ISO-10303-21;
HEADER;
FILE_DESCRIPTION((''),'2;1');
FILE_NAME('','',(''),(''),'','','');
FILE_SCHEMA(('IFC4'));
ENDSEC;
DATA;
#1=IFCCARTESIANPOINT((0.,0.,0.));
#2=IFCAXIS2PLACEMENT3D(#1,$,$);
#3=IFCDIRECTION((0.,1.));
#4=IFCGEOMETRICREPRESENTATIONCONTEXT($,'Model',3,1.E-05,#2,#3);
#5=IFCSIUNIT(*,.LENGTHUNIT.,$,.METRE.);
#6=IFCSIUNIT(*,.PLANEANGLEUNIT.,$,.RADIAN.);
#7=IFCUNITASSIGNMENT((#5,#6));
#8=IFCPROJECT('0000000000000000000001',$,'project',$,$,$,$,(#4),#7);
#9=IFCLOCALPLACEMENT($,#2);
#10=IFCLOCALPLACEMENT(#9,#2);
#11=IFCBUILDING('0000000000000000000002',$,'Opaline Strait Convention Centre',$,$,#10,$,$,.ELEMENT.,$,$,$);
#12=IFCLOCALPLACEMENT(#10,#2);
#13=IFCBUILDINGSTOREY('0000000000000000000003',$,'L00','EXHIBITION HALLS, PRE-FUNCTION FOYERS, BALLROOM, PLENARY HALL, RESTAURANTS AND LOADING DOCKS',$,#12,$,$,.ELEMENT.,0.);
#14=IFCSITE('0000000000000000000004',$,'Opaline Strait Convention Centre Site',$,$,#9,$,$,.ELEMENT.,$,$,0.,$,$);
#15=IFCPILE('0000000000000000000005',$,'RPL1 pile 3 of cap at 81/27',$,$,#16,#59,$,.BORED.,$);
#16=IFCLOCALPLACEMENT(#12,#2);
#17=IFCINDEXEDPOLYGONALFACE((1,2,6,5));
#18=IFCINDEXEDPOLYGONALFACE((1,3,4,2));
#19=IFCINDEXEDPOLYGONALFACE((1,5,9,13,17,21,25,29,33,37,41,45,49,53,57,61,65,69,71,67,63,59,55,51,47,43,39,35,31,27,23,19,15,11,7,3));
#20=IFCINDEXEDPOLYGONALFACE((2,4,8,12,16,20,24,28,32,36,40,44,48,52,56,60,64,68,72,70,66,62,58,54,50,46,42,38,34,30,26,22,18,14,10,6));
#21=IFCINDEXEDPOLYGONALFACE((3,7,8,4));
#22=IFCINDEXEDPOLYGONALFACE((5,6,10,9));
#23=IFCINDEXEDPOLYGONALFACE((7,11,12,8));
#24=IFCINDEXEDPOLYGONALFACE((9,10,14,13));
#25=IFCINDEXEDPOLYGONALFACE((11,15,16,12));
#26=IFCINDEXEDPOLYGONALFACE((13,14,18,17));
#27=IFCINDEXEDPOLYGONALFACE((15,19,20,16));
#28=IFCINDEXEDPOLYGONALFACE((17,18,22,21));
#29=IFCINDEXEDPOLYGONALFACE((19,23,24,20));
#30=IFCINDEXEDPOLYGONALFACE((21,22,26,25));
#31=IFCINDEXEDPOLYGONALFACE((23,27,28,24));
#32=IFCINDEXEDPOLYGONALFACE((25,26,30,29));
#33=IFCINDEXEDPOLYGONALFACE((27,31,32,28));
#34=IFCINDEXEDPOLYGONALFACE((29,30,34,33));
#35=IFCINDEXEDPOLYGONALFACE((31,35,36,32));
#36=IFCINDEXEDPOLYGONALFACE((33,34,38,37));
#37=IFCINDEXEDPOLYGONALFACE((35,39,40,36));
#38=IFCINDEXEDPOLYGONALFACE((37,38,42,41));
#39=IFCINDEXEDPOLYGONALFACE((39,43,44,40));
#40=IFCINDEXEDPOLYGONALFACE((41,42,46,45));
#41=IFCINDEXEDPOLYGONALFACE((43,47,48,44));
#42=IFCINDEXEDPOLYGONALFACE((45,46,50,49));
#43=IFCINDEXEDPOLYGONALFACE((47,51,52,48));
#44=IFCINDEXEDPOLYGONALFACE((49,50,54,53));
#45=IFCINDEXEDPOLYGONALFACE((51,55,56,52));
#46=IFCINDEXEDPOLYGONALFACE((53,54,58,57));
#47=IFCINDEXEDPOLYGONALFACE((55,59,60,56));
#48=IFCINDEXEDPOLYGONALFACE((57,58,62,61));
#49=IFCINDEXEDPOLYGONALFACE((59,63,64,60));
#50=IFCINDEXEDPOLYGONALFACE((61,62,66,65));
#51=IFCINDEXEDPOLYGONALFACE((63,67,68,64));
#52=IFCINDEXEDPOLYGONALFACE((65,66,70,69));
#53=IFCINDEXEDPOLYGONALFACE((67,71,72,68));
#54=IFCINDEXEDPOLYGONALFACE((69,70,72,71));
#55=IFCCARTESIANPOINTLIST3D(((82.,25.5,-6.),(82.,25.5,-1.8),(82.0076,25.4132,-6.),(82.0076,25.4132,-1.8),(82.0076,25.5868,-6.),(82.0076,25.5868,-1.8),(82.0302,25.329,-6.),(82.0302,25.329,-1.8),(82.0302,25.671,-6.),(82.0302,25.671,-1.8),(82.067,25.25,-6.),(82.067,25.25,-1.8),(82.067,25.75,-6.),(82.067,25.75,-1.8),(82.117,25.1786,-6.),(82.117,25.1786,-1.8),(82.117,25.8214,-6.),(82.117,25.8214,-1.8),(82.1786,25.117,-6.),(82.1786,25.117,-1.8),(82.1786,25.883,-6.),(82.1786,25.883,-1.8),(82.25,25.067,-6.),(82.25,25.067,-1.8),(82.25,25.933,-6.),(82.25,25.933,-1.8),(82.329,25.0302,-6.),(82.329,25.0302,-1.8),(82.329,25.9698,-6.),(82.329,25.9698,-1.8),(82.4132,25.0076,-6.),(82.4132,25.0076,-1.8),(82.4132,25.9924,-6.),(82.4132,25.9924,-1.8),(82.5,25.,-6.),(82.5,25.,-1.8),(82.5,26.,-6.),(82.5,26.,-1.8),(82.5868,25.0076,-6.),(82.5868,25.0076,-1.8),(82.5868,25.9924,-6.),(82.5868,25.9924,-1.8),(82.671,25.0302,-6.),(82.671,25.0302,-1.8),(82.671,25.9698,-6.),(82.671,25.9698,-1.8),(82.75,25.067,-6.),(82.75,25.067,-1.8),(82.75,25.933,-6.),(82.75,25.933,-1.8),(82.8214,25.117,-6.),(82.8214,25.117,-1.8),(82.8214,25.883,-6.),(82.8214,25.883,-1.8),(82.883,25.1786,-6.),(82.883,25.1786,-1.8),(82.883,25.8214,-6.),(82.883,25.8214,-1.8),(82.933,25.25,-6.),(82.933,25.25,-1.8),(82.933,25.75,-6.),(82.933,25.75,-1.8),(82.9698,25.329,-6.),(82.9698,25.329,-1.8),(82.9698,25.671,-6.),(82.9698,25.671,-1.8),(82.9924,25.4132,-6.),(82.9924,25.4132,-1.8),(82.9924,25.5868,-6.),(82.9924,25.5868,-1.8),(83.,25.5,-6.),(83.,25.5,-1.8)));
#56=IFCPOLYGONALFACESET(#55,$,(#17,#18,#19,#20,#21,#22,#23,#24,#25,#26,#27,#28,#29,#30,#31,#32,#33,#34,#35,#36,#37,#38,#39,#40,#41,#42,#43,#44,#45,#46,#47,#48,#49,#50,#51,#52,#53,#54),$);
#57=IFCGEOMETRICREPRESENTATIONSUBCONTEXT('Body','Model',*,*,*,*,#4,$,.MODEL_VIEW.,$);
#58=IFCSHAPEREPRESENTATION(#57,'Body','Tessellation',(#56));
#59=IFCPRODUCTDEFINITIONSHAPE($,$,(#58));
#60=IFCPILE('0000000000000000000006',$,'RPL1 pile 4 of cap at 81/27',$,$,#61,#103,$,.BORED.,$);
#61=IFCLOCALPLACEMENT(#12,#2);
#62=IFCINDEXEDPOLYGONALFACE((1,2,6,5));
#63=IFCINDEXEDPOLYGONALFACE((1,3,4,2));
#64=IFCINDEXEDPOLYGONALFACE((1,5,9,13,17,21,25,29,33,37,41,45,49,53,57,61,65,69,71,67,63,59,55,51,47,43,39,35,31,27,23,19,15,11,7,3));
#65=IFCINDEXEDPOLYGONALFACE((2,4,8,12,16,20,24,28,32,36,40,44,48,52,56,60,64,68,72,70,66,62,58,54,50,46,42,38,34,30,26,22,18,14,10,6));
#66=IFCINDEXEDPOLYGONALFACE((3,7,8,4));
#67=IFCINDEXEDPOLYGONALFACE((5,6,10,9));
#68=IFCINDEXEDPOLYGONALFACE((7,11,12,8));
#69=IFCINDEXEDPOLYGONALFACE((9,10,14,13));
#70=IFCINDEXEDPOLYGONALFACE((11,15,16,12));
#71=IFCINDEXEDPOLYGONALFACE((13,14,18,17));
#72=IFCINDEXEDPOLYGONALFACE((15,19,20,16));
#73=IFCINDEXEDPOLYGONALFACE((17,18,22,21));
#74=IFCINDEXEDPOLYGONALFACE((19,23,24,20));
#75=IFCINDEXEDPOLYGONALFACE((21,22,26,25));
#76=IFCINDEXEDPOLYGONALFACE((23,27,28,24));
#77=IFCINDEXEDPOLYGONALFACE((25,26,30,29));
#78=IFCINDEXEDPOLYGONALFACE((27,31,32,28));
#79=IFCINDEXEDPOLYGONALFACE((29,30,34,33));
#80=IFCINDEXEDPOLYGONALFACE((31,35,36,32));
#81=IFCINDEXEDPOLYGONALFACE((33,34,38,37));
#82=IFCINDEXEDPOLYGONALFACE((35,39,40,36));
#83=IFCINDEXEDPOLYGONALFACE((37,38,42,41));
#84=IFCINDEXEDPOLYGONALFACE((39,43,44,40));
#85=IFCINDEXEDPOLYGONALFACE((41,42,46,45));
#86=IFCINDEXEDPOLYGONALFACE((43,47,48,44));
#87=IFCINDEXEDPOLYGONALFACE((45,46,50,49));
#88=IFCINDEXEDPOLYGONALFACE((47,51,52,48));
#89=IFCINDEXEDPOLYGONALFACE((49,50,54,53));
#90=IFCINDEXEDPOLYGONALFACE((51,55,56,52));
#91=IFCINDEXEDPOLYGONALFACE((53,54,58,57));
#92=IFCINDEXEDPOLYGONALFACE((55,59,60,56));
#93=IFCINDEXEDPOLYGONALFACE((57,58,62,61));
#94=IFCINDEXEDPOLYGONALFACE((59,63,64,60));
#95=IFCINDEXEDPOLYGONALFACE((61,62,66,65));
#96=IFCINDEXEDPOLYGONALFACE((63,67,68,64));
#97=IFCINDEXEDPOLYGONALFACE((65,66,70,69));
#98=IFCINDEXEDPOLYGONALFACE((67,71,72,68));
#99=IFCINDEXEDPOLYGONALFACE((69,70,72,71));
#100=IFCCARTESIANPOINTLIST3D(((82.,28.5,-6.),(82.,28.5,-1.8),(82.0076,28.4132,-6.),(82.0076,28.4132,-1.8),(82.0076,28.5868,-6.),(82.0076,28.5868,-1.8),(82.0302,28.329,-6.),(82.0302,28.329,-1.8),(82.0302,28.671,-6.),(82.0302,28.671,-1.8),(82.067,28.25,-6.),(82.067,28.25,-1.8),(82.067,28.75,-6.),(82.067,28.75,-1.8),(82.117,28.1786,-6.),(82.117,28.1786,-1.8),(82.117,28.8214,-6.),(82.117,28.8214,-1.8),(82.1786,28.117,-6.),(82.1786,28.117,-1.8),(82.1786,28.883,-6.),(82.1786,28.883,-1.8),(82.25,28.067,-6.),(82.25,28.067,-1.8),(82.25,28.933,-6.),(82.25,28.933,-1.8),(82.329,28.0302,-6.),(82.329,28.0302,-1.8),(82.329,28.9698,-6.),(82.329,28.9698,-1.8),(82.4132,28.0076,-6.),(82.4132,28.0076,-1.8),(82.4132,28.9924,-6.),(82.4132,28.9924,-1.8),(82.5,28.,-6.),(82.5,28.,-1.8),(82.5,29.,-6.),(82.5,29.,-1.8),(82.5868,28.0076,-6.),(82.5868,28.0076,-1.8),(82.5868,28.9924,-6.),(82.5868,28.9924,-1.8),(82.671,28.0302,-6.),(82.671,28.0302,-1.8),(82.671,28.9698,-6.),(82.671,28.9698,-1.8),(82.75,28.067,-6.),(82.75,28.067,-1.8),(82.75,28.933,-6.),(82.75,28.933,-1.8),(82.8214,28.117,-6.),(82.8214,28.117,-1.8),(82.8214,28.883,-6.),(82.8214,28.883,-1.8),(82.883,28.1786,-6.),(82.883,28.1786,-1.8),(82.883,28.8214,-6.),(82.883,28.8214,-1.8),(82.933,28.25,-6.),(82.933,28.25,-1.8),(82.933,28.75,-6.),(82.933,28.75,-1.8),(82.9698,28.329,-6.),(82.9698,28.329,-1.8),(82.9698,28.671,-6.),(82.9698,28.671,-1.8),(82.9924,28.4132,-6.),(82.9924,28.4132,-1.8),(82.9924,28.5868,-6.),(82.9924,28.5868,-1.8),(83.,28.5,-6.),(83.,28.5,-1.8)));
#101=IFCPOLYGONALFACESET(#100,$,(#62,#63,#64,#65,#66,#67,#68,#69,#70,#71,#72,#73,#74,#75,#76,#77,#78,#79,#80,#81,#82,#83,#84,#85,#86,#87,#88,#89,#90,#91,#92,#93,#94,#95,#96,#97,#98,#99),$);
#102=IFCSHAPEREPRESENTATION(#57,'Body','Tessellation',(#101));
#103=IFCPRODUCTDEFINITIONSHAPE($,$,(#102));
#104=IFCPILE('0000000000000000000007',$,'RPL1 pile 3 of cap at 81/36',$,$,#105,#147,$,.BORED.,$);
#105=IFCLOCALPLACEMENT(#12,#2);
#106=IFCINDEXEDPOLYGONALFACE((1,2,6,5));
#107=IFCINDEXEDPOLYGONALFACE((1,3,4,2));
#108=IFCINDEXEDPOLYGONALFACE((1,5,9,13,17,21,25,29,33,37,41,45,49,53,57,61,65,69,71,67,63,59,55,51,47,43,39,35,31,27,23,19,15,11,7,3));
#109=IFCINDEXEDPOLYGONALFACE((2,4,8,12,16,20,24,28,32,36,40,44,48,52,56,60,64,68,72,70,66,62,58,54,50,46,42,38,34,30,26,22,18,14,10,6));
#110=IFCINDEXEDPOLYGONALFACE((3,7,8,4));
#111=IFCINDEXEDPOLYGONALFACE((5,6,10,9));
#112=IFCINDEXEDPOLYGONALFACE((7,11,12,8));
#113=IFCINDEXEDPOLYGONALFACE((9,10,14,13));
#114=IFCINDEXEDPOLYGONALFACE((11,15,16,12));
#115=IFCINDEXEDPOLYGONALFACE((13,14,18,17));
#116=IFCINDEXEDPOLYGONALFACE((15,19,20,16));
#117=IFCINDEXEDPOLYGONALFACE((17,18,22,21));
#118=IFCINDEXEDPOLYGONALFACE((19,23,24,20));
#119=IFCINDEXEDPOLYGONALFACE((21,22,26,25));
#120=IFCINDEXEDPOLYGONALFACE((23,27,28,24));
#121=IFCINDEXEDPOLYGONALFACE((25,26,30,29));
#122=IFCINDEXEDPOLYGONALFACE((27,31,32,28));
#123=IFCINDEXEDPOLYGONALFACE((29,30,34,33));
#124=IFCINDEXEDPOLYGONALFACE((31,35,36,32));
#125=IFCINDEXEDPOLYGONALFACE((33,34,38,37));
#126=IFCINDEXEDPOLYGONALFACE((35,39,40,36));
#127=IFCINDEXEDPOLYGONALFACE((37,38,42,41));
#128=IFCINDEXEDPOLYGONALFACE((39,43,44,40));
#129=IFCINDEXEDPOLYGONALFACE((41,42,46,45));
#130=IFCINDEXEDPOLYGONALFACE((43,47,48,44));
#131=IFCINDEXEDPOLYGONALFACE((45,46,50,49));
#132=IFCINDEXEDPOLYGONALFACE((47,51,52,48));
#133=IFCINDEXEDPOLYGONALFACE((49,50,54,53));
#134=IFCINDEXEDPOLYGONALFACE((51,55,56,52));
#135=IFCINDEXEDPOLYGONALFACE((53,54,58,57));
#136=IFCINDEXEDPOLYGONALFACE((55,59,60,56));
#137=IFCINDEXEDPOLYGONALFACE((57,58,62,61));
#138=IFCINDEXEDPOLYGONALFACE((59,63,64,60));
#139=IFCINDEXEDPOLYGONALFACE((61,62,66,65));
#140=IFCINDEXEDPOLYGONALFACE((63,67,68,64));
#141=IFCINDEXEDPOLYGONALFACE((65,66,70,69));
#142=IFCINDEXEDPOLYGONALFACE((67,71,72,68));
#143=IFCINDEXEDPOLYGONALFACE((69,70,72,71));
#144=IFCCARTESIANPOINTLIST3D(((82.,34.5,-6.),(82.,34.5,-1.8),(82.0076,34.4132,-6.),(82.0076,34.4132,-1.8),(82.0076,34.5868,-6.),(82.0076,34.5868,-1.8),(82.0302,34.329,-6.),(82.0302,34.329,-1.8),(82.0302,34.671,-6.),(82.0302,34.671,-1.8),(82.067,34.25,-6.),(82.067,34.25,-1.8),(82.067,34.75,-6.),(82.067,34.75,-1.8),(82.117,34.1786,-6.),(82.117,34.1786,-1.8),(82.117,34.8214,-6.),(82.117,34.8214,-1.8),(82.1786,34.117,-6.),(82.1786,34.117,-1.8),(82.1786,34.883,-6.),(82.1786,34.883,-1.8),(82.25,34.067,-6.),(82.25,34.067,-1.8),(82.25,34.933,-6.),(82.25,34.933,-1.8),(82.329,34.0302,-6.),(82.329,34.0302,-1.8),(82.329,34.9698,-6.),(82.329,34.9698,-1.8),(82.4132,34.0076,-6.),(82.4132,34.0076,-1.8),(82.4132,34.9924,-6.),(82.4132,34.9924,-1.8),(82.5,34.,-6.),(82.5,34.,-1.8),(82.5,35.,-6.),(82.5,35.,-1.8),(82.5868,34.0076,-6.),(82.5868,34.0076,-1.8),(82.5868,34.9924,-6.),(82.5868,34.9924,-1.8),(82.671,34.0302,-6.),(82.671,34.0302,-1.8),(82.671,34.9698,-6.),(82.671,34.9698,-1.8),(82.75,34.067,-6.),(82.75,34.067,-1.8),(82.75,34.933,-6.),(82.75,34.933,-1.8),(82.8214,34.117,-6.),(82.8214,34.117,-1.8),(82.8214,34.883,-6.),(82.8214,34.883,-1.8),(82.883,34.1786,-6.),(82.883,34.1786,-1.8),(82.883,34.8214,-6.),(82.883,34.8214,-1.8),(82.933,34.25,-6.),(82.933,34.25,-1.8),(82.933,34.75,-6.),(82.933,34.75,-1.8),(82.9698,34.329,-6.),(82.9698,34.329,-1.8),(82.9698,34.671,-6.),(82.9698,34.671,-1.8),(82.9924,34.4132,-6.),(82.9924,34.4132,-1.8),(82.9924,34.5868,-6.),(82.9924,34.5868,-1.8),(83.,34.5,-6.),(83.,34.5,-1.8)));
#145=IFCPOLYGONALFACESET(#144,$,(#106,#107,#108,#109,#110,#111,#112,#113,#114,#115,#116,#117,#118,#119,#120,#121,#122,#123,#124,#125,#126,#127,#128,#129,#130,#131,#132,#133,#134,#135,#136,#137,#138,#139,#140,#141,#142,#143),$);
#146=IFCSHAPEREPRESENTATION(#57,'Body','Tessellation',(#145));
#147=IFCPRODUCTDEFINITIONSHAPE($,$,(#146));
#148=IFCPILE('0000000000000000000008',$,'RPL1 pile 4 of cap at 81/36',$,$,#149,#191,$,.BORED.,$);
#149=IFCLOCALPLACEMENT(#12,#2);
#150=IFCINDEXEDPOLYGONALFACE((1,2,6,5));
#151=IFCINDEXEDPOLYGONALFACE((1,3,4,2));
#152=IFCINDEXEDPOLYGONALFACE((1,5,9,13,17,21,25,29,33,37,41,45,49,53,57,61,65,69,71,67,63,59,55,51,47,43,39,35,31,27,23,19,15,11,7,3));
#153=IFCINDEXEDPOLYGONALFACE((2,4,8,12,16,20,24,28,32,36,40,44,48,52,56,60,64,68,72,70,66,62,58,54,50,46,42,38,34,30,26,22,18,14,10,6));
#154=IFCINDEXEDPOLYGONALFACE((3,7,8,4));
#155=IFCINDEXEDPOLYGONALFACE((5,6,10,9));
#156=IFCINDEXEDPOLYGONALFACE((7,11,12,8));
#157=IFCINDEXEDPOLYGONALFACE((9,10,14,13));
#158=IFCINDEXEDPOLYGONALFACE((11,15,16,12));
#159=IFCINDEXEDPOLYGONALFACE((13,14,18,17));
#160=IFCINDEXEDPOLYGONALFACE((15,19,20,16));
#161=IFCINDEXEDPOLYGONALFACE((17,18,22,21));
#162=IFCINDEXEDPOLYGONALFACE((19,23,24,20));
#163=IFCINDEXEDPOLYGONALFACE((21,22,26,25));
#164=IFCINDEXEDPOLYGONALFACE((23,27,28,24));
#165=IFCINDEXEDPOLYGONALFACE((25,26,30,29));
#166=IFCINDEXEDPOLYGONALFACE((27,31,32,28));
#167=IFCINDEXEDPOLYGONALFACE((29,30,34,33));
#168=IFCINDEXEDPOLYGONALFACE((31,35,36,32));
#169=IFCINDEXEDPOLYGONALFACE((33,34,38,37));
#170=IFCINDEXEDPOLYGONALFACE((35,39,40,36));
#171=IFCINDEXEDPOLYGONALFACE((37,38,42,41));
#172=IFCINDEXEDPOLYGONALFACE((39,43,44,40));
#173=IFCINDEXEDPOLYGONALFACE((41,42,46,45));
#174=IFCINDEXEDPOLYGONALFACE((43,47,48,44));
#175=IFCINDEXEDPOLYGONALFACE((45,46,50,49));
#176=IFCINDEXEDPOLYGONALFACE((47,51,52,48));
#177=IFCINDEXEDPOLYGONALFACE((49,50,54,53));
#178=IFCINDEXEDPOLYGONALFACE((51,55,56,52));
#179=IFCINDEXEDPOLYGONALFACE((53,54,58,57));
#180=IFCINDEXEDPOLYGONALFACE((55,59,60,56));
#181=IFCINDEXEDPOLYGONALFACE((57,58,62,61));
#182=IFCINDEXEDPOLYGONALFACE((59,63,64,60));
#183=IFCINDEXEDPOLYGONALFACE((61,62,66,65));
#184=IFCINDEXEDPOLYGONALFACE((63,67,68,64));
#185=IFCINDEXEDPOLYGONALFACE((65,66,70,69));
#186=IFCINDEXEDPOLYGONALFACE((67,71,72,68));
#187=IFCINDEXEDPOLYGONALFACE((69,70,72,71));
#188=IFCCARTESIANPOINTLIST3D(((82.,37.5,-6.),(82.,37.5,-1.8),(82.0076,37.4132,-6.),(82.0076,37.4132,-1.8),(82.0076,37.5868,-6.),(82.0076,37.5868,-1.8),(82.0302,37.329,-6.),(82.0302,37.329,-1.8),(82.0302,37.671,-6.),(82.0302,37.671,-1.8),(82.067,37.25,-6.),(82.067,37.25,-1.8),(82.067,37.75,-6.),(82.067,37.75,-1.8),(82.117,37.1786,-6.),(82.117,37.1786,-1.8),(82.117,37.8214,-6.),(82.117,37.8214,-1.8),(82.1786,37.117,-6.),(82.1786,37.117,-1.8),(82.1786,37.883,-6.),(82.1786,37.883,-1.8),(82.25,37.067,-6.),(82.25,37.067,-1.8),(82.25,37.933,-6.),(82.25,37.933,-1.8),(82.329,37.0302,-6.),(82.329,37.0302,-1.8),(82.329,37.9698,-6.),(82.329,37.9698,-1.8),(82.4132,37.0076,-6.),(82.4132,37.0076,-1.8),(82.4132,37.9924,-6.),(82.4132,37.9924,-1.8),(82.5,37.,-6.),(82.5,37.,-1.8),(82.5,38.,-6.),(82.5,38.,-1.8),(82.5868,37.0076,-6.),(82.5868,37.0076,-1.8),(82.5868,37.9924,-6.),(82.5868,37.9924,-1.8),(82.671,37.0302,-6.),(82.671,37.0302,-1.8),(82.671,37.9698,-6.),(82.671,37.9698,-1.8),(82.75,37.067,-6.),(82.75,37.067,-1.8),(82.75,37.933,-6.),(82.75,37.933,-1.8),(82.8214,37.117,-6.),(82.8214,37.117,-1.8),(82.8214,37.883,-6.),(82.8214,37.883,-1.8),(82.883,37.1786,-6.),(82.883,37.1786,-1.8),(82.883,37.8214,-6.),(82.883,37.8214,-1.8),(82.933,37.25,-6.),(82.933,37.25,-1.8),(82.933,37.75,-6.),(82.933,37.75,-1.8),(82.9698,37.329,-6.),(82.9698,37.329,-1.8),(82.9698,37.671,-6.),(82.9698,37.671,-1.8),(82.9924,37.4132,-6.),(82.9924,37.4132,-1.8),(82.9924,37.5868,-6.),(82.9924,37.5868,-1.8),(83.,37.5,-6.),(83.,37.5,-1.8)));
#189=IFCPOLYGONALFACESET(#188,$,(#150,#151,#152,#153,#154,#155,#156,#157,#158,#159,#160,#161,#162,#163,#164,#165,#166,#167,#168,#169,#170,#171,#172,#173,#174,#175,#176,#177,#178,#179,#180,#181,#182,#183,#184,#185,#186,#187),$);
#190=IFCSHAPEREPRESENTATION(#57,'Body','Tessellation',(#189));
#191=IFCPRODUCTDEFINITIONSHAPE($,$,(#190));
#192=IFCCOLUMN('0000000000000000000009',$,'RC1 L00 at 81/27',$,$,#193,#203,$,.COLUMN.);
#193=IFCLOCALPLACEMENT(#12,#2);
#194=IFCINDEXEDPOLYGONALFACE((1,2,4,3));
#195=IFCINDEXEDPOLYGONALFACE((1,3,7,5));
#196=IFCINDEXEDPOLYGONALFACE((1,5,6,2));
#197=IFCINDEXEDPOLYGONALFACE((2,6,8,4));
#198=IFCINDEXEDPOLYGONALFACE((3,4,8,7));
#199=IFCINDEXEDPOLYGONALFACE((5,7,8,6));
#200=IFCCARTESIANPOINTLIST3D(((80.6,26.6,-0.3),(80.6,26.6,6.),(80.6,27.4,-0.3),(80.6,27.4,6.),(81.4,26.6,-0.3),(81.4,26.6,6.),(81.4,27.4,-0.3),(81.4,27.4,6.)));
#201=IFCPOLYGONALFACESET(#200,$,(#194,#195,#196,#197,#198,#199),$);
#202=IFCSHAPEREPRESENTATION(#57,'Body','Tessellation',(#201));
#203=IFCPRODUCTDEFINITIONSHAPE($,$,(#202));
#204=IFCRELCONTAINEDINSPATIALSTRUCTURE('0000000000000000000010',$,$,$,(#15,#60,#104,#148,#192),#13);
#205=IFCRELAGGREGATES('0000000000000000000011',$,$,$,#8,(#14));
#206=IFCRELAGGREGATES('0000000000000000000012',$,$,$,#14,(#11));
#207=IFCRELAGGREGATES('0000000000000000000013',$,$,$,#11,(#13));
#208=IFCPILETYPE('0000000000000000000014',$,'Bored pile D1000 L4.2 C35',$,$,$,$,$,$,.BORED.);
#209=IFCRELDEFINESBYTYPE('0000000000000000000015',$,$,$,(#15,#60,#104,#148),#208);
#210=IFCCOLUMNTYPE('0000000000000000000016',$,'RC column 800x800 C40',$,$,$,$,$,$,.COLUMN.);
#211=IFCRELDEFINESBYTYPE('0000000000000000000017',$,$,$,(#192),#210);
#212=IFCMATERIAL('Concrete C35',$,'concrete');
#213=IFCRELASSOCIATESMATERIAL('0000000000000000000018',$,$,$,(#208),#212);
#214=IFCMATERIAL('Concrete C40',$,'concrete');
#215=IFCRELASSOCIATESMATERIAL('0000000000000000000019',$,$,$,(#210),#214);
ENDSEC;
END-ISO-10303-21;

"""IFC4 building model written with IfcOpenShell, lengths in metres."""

from ifc_helpers import new_model, si_unit, direction, frame, origin, origin_2d, place, context, subcontext, project, spatial, rectangle, circle, extrude, material, material_profile, profile_set, type_object, element, save


model = new_model("IFC4")

# Units and contexts
model_context = context("Model", 3, precision=1e-05, world=origin(), true_north=direction((0.0, 1.0)))
body_context = subcontext(model_context, "Body", "Model", "MODEL_VIEW")
ifc_project = project(units=[si_unit("LENGTHUNIT", "METRE"), si_unit("PLANEANGLEUNIT", "RADIAN")], contexts=[model_context])

# Site, building, storey
site_placement = place(None, origin())
site = spatial("IfcSite", under=ifc_project, at=site_placement, Name="Opaline Strait Convention Centre Site", CompositionType="ELEMENT", RefElevation=0.0)
building_placement = place(site_placement, origin())
building = spatial("IfcBuilding", under=site, at=building_placement, Name="Opaline Strait Convention Centre", CompositionType="ELEMENT")
storey_placement = place(building_placement, origin())
storey = spatial("IfcBuildingStorey", under=building, at=storey_placement, Name="L00", Description="EXHIBITION HALLS, PRE-FUNCTION FOYERS, BALLROOM, PLENARY HALL, RESTAURANTS AND LOADING DOCKS", CompositionType="ELEMENT", Elevation=0.0)

# Piles
ifc_material_1 = material(Name="Concrete C35", Category="concrete")
ifc_material_profile_1 = material_profile(ifc_material_1, circle(Radius=0.5, at=origin_2d()), Name="D1000")
ifc_profile_set_1 = profile_set([ifc_material_profile_1], Name="Concrete C35")
pile_type = type_object("IfcPileType", Name="Bored pile D1000 L4.2 C35", PredefinedType="BORED", material=ifc_profile_set_1)
for number, where, z_axis, x_axis, name in (
    (1, (82.5, 25.5, -1.8), (0.0, 0.0, -1.0), (1.0, 0.0, 0.0), "RPL1 pile 3 of cap at 81/27"),
    (2, (82.5, 28.5, -1.8), (0.0, 0.0, -1.0), (1.0, 0.0, 0.0), "RPL1 pile 4 of cap at 81/27"),
    (3, (82.5, 34.5, -1.8), (0.0, 0.0, -1.0), (1.0, 0.0, 0.0), "RPL1 pile 3 of cap at 81/36"),
    (4, (82.5, 37.5, -1.8), (0.0, 0.0, -1.0), (1.0, 0.0, 0.0), "RPL1 pile 4 of cap at 81/36"),
):
    element("IfcPile", number, at=place(storey_placement, frame(where, z_axis=z_axis, x_axis=x_axis)), inside=storey, type_object=pile_type, Name=name, PredefinedType="BORED", context=body_context, shape_type="SweptSolid", body=[
        extrude(circle(Radius=0.5, at=origin_2d()), origin(), (0.0, 0.0, 1.0), 4.2),
    ])

# Column
ifc_material_2 = material(Name="Concrete C40", Category="concrete")
ifc_material_profile_2 = material_profile(ifc_material_2, rectangle(XDim=0.8, YDim=0.8, at=origin_2d()), Name="RC 800x800")
ifc_profile_set_2 = profile_set([ifc_material_profile_2], Name="Concrete C40")
column_type = type_object("IfcColumnType", Name="RC column 800x800 C40", PredefinedType="COLUMN", material=ifc_profile_set_2)
for number, where, z_axis, x_axis, name in (
    (5, (81.0, 27.0, -0.3), (0.0, 0.0, 1.0), (1.0, 0.0, 0.0), "RC1 L00 at 81/27"),
):
    element("IfcColumn", number, at=place(storey_placement, frame(where, z_axis=z_axis, x_axis=x_axis)), inside=storey, type_object=column_type, Name=name, PredefinedType="COLUMN", context=body_context, shape_type="SweptSolid", body=[
        extrude(rectangle(XDim=0.8, YDim=0.8, at=origin_2d()), origin(), (0.0, 0.0, 1.0), 6.3),
    ])

save(model, "model.ifc")
